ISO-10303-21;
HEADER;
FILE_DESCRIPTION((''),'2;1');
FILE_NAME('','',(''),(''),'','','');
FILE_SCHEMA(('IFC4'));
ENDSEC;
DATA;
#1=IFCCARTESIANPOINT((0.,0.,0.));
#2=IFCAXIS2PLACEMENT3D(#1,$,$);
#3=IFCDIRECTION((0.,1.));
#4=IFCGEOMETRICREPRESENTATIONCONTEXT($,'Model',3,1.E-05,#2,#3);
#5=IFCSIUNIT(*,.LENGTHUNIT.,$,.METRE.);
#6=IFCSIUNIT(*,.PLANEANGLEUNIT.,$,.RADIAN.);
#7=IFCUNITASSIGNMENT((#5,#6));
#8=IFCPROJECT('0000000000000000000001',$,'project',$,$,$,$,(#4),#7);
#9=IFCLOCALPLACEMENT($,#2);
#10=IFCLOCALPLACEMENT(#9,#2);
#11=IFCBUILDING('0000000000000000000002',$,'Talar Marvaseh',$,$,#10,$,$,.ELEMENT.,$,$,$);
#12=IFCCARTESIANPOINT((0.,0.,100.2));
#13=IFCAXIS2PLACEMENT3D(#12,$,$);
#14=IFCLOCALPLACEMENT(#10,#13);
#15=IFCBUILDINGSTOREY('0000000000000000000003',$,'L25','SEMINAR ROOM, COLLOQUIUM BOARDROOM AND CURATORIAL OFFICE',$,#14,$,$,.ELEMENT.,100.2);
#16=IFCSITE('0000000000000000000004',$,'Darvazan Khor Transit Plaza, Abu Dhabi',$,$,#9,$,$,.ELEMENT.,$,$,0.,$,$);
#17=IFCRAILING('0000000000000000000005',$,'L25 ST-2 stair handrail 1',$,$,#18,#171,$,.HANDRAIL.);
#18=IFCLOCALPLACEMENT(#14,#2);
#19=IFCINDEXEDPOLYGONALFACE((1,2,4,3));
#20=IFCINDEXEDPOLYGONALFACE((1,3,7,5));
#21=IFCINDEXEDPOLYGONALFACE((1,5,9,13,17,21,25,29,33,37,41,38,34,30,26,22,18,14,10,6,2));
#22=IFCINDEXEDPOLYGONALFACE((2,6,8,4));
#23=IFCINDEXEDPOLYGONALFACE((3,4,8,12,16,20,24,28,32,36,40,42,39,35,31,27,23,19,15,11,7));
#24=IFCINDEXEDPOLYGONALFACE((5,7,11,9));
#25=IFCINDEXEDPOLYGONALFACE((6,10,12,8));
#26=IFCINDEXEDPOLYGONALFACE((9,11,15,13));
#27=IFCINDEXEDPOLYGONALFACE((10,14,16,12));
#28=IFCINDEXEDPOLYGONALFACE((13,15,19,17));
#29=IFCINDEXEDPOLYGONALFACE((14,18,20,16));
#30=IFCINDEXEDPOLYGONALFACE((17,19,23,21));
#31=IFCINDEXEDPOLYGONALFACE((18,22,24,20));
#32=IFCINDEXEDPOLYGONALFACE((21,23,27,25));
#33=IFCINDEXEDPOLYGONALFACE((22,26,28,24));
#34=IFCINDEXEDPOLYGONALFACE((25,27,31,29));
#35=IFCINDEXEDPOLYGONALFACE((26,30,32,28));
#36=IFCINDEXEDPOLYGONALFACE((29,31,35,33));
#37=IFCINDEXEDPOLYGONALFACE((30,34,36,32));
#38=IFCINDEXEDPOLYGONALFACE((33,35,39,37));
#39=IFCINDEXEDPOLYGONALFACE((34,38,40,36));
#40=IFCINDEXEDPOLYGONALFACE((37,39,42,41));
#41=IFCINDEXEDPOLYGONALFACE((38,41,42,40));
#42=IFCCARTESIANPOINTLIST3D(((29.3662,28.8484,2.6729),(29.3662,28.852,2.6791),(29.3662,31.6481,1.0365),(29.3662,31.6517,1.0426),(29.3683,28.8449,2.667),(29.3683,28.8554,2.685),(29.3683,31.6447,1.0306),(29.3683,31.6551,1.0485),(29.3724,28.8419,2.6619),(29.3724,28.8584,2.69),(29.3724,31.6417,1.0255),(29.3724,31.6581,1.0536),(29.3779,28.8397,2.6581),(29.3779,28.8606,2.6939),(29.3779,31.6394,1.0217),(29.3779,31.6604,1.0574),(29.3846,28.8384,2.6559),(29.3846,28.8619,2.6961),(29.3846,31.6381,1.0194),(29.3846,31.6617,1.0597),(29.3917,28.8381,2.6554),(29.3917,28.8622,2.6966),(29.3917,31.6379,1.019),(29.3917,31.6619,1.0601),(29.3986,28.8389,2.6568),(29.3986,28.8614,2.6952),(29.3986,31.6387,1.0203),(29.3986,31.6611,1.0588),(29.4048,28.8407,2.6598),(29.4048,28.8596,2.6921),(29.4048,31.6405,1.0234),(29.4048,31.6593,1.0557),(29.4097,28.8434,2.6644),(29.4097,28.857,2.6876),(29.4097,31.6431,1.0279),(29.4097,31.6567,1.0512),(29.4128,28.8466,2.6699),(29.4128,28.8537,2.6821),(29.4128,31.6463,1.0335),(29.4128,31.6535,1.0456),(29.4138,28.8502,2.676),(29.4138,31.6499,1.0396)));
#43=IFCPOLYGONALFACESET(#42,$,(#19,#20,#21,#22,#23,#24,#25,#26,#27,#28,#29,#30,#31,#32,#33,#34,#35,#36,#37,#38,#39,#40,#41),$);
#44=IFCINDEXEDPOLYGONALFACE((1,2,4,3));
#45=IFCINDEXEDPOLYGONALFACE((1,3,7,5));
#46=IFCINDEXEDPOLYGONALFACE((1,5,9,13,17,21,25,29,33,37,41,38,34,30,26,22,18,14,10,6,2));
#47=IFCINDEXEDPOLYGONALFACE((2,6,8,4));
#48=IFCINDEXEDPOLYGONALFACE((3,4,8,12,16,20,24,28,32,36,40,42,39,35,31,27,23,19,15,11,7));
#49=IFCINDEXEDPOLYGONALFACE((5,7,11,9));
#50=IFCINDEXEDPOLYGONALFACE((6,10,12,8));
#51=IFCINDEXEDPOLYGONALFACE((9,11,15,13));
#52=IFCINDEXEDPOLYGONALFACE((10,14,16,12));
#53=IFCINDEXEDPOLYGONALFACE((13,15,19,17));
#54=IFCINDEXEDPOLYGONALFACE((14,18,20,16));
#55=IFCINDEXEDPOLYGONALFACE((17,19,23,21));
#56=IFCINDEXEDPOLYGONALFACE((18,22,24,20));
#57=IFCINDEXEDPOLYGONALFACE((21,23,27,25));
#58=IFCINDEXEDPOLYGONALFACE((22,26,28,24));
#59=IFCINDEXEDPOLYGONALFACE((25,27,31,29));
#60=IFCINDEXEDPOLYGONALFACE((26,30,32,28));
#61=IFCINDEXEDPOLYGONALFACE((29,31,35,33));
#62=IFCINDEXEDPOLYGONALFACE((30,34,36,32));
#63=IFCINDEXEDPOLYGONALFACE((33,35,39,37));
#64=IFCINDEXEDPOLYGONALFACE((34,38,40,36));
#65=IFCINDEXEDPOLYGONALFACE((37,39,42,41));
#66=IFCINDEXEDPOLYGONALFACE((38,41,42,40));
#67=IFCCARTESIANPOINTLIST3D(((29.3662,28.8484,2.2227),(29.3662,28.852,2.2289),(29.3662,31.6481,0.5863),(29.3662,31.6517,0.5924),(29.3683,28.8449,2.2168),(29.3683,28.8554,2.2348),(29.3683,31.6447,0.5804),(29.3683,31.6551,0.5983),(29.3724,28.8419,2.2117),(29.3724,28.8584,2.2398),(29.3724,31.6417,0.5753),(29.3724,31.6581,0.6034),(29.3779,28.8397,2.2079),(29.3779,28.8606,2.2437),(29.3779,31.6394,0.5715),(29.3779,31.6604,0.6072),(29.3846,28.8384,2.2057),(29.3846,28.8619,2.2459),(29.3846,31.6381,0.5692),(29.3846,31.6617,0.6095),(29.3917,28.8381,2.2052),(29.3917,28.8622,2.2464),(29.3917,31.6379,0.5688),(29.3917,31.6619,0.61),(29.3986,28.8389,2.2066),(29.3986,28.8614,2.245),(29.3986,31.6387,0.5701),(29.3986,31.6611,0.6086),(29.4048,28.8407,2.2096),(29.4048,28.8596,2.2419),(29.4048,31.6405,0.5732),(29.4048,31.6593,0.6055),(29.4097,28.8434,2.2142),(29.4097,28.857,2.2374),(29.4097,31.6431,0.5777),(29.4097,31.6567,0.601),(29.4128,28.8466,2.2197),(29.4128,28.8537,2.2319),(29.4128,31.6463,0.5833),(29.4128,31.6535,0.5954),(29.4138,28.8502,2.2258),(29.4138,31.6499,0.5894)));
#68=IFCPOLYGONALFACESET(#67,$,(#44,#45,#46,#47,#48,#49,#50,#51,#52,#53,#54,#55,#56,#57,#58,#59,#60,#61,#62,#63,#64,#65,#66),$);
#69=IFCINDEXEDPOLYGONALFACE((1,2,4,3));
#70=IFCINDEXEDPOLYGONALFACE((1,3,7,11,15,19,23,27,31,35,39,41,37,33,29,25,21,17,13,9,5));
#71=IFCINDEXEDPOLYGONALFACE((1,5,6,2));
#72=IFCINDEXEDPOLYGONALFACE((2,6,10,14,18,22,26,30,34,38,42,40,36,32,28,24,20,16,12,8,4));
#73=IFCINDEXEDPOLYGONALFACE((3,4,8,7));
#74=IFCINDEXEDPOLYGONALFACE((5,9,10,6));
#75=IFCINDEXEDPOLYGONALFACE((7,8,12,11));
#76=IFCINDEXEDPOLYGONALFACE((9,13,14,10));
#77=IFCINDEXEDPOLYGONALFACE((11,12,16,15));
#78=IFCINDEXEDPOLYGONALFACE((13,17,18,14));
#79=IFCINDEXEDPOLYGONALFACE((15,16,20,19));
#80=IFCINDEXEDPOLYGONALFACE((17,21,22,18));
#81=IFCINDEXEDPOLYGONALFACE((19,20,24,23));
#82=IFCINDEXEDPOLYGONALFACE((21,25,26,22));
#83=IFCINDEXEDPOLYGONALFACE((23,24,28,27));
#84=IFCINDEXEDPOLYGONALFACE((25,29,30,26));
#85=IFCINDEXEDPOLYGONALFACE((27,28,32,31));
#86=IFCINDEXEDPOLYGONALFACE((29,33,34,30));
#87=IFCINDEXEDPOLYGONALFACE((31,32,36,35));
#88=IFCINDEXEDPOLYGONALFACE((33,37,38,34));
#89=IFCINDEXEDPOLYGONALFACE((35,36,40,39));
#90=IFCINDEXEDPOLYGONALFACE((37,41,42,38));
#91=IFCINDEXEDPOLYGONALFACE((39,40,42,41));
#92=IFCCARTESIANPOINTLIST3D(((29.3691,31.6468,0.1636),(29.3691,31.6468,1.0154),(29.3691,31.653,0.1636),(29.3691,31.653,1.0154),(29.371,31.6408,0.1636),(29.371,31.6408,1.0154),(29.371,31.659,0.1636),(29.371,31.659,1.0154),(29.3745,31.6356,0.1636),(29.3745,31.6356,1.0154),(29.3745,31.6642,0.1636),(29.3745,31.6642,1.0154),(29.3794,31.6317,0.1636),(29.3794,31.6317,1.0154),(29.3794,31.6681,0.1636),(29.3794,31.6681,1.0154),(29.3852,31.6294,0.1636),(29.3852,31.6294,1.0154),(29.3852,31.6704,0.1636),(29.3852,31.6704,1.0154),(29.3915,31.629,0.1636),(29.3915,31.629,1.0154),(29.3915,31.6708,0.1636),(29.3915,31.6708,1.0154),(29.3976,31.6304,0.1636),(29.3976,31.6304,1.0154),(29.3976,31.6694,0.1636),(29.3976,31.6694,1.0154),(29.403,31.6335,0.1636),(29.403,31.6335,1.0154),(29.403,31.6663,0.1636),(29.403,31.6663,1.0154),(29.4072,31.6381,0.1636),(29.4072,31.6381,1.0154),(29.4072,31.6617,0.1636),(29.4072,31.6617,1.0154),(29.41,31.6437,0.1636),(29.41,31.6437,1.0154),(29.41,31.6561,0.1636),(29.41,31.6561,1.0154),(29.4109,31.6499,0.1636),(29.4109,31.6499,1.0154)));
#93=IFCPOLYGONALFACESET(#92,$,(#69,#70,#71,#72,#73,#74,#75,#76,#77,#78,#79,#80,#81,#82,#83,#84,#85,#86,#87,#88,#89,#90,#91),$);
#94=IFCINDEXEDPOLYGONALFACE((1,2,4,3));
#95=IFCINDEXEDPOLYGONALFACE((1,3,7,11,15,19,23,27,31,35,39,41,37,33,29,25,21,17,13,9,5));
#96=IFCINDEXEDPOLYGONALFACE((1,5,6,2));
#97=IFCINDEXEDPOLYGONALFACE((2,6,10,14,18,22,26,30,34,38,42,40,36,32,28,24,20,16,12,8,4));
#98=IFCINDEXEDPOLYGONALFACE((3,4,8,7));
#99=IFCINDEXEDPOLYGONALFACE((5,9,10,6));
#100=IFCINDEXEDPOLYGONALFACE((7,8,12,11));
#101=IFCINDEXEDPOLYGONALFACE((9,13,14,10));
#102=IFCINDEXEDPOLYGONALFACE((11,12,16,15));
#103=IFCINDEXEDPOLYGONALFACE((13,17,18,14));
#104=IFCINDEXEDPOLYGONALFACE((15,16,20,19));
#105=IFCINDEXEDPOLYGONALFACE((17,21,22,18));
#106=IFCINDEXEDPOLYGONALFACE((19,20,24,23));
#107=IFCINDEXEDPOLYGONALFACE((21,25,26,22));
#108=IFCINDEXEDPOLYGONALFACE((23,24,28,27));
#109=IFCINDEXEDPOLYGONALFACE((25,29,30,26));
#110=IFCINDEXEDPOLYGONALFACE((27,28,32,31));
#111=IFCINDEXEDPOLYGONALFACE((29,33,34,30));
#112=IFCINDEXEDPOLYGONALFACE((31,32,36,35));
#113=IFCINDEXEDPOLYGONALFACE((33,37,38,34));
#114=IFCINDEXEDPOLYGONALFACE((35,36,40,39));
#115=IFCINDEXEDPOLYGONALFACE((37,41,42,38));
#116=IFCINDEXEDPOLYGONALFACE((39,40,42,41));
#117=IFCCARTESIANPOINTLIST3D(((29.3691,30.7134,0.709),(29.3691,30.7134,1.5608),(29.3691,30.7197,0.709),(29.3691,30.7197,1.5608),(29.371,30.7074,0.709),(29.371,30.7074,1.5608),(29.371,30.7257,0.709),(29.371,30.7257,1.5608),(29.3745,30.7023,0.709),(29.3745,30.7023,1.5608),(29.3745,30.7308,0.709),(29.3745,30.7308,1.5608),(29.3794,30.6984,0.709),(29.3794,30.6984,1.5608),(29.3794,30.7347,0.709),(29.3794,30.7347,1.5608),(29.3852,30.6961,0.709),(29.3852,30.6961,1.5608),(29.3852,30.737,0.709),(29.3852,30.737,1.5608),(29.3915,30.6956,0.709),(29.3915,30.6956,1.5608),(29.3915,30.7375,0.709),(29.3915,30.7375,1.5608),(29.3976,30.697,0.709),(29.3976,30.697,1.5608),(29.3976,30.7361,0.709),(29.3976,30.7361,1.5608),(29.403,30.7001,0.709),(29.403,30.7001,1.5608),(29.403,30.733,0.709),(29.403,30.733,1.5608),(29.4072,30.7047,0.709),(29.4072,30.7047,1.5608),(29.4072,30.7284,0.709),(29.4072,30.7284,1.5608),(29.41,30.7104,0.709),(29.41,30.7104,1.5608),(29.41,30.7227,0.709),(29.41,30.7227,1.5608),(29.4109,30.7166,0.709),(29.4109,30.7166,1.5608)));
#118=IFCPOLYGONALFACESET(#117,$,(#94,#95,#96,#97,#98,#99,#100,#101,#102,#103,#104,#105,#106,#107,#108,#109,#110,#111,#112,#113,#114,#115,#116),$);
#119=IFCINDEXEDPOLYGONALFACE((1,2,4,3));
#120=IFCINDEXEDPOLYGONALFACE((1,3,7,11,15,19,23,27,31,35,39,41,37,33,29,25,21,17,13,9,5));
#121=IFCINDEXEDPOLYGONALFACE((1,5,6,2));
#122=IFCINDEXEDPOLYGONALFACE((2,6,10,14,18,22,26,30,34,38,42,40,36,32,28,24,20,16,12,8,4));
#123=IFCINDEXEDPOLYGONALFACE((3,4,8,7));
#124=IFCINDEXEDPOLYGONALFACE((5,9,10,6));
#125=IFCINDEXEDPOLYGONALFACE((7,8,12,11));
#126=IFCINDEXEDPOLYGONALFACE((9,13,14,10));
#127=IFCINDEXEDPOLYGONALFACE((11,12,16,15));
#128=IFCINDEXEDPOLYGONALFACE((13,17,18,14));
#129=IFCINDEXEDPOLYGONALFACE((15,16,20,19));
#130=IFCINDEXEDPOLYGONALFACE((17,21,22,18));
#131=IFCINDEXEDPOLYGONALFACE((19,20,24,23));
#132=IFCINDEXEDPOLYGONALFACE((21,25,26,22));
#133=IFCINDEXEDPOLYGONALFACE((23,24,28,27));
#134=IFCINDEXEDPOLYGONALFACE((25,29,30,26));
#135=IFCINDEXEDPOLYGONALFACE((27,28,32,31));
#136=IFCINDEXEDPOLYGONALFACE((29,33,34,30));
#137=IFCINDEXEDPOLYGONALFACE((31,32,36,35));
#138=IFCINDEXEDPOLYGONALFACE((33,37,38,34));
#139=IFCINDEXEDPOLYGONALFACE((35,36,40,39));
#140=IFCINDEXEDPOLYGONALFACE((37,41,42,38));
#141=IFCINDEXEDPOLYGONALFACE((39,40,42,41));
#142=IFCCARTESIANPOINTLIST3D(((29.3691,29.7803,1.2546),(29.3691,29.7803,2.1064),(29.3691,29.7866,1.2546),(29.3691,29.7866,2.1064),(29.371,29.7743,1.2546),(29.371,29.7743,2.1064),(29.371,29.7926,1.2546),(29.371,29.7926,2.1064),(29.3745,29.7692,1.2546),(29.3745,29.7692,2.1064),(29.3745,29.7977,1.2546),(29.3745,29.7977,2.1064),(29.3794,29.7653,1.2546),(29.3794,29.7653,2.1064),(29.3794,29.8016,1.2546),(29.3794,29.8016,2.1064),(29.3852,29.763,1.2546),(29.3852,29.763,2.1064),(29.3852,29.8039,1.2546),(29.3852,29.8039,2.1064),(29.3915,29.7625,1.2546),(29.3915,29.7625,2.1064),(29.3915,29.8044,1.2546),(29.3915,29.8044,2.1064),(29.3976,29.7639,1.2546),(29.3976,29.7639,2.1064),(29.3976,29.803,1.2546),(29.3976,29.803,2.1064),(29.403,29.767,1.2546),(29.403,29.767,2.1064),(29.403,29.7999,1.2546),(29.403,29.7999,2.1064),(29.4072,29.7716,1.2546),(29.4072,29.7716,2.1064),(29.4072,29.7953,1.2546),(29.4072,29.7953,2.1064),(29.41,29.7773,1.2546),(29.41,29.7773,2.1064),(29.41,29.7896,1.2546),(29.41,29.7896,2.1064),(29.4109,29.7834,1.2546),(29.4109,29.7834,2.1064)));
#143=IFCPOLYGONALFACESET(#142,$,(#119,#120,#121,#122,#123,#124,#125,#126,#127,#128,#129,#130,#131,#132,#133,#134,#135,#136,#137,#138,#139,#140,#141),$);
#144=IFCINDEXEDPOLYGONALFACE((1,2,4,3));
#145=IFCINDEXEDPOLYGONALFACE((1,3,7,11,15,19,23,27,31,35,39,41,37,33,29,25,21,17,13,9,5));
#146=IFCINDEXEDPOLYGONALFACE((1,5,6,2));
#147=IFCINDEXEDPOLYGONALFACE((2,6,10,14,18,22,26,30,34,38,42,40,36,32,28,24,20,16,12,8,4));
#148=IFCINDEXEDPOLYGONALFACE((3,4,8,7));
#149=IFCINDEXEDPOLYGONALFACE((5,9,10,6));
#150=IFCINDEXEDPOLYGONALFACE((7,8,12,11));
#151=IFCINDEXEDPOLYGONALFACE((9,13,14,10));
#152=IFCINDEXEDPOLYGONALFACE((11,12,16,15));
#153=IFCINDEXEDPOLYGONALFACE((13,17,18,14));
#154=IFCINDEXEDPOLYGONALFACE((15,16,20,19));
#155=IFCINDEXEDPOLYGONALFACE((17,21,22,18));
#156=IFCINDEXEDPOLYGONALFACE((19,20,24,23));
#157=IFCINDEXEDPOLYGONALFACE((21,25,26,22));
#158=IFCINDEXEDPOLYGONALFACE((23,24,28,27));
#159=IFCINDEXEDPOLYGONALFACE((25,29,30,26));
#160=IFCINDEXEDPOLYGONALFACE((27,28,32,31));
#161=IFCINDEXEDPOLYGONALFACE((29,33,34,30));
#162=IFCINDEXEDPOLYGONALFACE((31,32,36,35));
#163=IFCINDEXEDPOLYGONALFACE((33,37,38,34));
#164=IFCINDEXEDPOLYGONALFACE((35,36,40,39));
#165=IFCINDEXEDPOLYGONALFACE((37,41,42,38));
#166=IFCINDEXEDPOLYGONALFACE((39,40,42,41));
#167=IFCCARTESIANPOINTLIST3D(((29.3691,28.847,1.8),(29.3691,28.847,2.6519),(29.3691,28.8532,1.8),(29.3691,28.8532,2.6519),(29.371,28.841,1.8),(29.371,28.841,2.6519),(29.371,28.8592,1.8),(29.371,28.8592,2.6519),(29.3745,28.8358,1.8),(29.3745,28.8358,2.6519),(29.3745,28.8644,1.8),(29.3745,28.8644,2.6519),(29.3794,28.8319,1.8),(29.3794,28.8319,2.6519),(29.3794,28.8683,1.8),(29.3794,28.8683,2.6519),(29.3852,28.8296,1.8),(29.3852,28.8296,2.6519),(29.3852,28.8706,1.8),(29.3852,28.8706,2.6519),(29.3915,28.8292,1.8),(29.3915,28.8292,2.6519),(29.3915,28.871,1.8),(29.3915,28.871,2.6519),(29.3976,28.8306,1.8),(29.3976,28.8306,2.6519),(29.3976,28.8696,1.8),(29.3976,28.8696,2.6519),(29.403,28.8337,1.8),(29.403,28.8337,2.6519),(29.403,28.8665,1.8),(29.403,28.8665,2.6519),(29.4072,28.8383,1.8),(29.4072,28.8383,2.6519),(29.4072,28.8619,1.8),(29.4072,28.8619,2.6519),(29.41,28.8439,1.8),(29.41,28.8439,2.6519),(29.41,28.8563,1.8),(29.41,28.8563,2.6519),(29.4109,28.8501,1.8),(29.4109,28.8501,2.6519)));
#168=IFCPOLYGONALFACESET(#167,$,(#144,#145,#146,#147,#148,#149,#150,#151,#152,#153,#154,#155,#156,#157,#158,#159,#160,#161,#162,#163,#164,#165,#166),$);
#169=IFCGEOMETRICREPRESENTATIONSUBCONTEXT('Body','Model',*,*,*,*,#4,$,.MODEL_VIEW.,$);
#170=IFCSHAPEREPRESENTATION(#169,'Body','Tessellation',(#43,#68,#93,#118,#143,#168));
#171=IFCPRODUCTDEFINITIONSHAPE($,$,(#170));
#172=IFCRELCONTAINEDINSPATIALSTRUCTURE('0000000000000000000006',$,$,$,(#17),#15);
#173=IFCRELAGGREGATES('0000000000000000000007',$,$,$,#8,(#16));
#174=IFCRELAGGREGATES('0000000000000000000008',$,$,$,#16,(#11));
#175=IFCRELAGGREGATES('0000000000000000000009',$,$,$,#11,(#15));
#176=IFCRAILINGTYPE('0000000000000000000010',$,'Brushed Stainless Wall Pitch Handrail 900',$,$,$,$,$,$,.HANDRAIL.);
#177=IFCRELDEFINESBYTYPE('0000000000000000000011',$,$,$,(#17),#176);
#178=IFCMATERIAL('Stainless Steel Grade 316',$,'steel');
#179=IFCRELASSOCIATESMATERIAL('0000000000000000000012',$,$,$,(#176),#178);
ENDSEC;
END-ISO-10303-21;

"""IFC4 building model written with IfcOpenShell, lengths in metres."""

from ifc_helpers import new_model, si_unit, direction, frame, origin, origin_2d, place, context, subcontext, project, spatial, circle, extrude, material, type_object, element, save


model = new_model("IFC4")

# Units and contexts
model_context = context("Model", 3, precision=1e-05, world=origin(), true_north=direction((0.0, 1.0)))
body_context = subcontext(model_context, "Body", "Model", "MODEL_VIEW")
ifc_project = project(units=[si_unit("LENGTHUNIT", "METRE"), si_unit("PLANEANGLEUNIT", "RADIAN")], contexts=[model_context])

# Site, building, storey
site_placement = place(None, origin())
site = spatial("IfcSite", under=ifc_project, at=site_placement, Name="Darvazan Khor Transit Plaza, Abu Dhabi", CompositionType="ELEMENT", RefElevation=0.0)
building_placement = place(site_placement, origin())
building = spatial("IfcBuilding", under=site, at=building_placement, Name="Talar Marvaseh", CompositionType="ELEMENT")
storey_placement = place(building_placement, frame((0.0, 0.0, 100.2)))
storey = spatial("IfcBuildingStorey", under=building, at=storey_placement, Name="L25", Description="SEMINAR ROOM, COLLOQUIUM BOARDROOM AND CURATORIAL OFFICE", CompositionType="ELEMENT", Elevation=100.2)

# Shared definitions
ifc_material_1 = material(Name="Stainless Steel Grade 316", Category="steel")

# Railing
railing_type_1 = type_object("IfcRailingType", Name="Brushed Stainless Wall Pitch Handrail 900", PredefinedType="HANDRAIL", material=ifc_material_1)
railing_1_placement = place(storey_placement, frame((29.3899, 31.6499, 0.1636)))
element("IfcRailing", 1, at=railing_1_placement, inside=storey, type_object=railing_type_1, Name="L25 ST-2 stair handrail 1", PredefinedType="HANDRAIL", context=body_context, shape_type="SweptSolid", body=[
    extrude(circle(Radius=0.0239, at=origin_2d()), frame((0.0, 0.0, 0.876), z_axis=(0.0, -0.863342, 0.50462), x_axis=(1.0, 0.0, 0.0)), (0.0, 0.0, 1.0), 3.2429),
    extrude(circle(Radius=0.0239, at=origin_2d()), frame((0.0, 0.0, 0.4258), z_axis=(0.0, -0.863342, 0.50462), x_axis=(1.0, 0.0, 0.0)), (0.0, 0.0, 1.0), 3.2429),
    extrude(circle(Radius=0.021, at=origin_2d()), origin(), (0.0, 0.0, 1.0), 0.8518),
    extrude(circle(Radius=0.021, at=origin_2d()), frame((0.0, -0.9333, 0.5454)), (0.0, 0.0, 1.0), 0.8518),
    extrude(circle(Radius=0.021, at=origin_2d()), frame((0.0, -1.8665, 1.0911)), (0.0, 0.0, 1.0), 0.8518),
    extrude(circle(Radius=0.021, at=origin_2d()), frame((0.0, -2.7998, 1.6365)), (0.0, 0.0, 1.0), 0.8518),
])

save(model, "model.ifc")
